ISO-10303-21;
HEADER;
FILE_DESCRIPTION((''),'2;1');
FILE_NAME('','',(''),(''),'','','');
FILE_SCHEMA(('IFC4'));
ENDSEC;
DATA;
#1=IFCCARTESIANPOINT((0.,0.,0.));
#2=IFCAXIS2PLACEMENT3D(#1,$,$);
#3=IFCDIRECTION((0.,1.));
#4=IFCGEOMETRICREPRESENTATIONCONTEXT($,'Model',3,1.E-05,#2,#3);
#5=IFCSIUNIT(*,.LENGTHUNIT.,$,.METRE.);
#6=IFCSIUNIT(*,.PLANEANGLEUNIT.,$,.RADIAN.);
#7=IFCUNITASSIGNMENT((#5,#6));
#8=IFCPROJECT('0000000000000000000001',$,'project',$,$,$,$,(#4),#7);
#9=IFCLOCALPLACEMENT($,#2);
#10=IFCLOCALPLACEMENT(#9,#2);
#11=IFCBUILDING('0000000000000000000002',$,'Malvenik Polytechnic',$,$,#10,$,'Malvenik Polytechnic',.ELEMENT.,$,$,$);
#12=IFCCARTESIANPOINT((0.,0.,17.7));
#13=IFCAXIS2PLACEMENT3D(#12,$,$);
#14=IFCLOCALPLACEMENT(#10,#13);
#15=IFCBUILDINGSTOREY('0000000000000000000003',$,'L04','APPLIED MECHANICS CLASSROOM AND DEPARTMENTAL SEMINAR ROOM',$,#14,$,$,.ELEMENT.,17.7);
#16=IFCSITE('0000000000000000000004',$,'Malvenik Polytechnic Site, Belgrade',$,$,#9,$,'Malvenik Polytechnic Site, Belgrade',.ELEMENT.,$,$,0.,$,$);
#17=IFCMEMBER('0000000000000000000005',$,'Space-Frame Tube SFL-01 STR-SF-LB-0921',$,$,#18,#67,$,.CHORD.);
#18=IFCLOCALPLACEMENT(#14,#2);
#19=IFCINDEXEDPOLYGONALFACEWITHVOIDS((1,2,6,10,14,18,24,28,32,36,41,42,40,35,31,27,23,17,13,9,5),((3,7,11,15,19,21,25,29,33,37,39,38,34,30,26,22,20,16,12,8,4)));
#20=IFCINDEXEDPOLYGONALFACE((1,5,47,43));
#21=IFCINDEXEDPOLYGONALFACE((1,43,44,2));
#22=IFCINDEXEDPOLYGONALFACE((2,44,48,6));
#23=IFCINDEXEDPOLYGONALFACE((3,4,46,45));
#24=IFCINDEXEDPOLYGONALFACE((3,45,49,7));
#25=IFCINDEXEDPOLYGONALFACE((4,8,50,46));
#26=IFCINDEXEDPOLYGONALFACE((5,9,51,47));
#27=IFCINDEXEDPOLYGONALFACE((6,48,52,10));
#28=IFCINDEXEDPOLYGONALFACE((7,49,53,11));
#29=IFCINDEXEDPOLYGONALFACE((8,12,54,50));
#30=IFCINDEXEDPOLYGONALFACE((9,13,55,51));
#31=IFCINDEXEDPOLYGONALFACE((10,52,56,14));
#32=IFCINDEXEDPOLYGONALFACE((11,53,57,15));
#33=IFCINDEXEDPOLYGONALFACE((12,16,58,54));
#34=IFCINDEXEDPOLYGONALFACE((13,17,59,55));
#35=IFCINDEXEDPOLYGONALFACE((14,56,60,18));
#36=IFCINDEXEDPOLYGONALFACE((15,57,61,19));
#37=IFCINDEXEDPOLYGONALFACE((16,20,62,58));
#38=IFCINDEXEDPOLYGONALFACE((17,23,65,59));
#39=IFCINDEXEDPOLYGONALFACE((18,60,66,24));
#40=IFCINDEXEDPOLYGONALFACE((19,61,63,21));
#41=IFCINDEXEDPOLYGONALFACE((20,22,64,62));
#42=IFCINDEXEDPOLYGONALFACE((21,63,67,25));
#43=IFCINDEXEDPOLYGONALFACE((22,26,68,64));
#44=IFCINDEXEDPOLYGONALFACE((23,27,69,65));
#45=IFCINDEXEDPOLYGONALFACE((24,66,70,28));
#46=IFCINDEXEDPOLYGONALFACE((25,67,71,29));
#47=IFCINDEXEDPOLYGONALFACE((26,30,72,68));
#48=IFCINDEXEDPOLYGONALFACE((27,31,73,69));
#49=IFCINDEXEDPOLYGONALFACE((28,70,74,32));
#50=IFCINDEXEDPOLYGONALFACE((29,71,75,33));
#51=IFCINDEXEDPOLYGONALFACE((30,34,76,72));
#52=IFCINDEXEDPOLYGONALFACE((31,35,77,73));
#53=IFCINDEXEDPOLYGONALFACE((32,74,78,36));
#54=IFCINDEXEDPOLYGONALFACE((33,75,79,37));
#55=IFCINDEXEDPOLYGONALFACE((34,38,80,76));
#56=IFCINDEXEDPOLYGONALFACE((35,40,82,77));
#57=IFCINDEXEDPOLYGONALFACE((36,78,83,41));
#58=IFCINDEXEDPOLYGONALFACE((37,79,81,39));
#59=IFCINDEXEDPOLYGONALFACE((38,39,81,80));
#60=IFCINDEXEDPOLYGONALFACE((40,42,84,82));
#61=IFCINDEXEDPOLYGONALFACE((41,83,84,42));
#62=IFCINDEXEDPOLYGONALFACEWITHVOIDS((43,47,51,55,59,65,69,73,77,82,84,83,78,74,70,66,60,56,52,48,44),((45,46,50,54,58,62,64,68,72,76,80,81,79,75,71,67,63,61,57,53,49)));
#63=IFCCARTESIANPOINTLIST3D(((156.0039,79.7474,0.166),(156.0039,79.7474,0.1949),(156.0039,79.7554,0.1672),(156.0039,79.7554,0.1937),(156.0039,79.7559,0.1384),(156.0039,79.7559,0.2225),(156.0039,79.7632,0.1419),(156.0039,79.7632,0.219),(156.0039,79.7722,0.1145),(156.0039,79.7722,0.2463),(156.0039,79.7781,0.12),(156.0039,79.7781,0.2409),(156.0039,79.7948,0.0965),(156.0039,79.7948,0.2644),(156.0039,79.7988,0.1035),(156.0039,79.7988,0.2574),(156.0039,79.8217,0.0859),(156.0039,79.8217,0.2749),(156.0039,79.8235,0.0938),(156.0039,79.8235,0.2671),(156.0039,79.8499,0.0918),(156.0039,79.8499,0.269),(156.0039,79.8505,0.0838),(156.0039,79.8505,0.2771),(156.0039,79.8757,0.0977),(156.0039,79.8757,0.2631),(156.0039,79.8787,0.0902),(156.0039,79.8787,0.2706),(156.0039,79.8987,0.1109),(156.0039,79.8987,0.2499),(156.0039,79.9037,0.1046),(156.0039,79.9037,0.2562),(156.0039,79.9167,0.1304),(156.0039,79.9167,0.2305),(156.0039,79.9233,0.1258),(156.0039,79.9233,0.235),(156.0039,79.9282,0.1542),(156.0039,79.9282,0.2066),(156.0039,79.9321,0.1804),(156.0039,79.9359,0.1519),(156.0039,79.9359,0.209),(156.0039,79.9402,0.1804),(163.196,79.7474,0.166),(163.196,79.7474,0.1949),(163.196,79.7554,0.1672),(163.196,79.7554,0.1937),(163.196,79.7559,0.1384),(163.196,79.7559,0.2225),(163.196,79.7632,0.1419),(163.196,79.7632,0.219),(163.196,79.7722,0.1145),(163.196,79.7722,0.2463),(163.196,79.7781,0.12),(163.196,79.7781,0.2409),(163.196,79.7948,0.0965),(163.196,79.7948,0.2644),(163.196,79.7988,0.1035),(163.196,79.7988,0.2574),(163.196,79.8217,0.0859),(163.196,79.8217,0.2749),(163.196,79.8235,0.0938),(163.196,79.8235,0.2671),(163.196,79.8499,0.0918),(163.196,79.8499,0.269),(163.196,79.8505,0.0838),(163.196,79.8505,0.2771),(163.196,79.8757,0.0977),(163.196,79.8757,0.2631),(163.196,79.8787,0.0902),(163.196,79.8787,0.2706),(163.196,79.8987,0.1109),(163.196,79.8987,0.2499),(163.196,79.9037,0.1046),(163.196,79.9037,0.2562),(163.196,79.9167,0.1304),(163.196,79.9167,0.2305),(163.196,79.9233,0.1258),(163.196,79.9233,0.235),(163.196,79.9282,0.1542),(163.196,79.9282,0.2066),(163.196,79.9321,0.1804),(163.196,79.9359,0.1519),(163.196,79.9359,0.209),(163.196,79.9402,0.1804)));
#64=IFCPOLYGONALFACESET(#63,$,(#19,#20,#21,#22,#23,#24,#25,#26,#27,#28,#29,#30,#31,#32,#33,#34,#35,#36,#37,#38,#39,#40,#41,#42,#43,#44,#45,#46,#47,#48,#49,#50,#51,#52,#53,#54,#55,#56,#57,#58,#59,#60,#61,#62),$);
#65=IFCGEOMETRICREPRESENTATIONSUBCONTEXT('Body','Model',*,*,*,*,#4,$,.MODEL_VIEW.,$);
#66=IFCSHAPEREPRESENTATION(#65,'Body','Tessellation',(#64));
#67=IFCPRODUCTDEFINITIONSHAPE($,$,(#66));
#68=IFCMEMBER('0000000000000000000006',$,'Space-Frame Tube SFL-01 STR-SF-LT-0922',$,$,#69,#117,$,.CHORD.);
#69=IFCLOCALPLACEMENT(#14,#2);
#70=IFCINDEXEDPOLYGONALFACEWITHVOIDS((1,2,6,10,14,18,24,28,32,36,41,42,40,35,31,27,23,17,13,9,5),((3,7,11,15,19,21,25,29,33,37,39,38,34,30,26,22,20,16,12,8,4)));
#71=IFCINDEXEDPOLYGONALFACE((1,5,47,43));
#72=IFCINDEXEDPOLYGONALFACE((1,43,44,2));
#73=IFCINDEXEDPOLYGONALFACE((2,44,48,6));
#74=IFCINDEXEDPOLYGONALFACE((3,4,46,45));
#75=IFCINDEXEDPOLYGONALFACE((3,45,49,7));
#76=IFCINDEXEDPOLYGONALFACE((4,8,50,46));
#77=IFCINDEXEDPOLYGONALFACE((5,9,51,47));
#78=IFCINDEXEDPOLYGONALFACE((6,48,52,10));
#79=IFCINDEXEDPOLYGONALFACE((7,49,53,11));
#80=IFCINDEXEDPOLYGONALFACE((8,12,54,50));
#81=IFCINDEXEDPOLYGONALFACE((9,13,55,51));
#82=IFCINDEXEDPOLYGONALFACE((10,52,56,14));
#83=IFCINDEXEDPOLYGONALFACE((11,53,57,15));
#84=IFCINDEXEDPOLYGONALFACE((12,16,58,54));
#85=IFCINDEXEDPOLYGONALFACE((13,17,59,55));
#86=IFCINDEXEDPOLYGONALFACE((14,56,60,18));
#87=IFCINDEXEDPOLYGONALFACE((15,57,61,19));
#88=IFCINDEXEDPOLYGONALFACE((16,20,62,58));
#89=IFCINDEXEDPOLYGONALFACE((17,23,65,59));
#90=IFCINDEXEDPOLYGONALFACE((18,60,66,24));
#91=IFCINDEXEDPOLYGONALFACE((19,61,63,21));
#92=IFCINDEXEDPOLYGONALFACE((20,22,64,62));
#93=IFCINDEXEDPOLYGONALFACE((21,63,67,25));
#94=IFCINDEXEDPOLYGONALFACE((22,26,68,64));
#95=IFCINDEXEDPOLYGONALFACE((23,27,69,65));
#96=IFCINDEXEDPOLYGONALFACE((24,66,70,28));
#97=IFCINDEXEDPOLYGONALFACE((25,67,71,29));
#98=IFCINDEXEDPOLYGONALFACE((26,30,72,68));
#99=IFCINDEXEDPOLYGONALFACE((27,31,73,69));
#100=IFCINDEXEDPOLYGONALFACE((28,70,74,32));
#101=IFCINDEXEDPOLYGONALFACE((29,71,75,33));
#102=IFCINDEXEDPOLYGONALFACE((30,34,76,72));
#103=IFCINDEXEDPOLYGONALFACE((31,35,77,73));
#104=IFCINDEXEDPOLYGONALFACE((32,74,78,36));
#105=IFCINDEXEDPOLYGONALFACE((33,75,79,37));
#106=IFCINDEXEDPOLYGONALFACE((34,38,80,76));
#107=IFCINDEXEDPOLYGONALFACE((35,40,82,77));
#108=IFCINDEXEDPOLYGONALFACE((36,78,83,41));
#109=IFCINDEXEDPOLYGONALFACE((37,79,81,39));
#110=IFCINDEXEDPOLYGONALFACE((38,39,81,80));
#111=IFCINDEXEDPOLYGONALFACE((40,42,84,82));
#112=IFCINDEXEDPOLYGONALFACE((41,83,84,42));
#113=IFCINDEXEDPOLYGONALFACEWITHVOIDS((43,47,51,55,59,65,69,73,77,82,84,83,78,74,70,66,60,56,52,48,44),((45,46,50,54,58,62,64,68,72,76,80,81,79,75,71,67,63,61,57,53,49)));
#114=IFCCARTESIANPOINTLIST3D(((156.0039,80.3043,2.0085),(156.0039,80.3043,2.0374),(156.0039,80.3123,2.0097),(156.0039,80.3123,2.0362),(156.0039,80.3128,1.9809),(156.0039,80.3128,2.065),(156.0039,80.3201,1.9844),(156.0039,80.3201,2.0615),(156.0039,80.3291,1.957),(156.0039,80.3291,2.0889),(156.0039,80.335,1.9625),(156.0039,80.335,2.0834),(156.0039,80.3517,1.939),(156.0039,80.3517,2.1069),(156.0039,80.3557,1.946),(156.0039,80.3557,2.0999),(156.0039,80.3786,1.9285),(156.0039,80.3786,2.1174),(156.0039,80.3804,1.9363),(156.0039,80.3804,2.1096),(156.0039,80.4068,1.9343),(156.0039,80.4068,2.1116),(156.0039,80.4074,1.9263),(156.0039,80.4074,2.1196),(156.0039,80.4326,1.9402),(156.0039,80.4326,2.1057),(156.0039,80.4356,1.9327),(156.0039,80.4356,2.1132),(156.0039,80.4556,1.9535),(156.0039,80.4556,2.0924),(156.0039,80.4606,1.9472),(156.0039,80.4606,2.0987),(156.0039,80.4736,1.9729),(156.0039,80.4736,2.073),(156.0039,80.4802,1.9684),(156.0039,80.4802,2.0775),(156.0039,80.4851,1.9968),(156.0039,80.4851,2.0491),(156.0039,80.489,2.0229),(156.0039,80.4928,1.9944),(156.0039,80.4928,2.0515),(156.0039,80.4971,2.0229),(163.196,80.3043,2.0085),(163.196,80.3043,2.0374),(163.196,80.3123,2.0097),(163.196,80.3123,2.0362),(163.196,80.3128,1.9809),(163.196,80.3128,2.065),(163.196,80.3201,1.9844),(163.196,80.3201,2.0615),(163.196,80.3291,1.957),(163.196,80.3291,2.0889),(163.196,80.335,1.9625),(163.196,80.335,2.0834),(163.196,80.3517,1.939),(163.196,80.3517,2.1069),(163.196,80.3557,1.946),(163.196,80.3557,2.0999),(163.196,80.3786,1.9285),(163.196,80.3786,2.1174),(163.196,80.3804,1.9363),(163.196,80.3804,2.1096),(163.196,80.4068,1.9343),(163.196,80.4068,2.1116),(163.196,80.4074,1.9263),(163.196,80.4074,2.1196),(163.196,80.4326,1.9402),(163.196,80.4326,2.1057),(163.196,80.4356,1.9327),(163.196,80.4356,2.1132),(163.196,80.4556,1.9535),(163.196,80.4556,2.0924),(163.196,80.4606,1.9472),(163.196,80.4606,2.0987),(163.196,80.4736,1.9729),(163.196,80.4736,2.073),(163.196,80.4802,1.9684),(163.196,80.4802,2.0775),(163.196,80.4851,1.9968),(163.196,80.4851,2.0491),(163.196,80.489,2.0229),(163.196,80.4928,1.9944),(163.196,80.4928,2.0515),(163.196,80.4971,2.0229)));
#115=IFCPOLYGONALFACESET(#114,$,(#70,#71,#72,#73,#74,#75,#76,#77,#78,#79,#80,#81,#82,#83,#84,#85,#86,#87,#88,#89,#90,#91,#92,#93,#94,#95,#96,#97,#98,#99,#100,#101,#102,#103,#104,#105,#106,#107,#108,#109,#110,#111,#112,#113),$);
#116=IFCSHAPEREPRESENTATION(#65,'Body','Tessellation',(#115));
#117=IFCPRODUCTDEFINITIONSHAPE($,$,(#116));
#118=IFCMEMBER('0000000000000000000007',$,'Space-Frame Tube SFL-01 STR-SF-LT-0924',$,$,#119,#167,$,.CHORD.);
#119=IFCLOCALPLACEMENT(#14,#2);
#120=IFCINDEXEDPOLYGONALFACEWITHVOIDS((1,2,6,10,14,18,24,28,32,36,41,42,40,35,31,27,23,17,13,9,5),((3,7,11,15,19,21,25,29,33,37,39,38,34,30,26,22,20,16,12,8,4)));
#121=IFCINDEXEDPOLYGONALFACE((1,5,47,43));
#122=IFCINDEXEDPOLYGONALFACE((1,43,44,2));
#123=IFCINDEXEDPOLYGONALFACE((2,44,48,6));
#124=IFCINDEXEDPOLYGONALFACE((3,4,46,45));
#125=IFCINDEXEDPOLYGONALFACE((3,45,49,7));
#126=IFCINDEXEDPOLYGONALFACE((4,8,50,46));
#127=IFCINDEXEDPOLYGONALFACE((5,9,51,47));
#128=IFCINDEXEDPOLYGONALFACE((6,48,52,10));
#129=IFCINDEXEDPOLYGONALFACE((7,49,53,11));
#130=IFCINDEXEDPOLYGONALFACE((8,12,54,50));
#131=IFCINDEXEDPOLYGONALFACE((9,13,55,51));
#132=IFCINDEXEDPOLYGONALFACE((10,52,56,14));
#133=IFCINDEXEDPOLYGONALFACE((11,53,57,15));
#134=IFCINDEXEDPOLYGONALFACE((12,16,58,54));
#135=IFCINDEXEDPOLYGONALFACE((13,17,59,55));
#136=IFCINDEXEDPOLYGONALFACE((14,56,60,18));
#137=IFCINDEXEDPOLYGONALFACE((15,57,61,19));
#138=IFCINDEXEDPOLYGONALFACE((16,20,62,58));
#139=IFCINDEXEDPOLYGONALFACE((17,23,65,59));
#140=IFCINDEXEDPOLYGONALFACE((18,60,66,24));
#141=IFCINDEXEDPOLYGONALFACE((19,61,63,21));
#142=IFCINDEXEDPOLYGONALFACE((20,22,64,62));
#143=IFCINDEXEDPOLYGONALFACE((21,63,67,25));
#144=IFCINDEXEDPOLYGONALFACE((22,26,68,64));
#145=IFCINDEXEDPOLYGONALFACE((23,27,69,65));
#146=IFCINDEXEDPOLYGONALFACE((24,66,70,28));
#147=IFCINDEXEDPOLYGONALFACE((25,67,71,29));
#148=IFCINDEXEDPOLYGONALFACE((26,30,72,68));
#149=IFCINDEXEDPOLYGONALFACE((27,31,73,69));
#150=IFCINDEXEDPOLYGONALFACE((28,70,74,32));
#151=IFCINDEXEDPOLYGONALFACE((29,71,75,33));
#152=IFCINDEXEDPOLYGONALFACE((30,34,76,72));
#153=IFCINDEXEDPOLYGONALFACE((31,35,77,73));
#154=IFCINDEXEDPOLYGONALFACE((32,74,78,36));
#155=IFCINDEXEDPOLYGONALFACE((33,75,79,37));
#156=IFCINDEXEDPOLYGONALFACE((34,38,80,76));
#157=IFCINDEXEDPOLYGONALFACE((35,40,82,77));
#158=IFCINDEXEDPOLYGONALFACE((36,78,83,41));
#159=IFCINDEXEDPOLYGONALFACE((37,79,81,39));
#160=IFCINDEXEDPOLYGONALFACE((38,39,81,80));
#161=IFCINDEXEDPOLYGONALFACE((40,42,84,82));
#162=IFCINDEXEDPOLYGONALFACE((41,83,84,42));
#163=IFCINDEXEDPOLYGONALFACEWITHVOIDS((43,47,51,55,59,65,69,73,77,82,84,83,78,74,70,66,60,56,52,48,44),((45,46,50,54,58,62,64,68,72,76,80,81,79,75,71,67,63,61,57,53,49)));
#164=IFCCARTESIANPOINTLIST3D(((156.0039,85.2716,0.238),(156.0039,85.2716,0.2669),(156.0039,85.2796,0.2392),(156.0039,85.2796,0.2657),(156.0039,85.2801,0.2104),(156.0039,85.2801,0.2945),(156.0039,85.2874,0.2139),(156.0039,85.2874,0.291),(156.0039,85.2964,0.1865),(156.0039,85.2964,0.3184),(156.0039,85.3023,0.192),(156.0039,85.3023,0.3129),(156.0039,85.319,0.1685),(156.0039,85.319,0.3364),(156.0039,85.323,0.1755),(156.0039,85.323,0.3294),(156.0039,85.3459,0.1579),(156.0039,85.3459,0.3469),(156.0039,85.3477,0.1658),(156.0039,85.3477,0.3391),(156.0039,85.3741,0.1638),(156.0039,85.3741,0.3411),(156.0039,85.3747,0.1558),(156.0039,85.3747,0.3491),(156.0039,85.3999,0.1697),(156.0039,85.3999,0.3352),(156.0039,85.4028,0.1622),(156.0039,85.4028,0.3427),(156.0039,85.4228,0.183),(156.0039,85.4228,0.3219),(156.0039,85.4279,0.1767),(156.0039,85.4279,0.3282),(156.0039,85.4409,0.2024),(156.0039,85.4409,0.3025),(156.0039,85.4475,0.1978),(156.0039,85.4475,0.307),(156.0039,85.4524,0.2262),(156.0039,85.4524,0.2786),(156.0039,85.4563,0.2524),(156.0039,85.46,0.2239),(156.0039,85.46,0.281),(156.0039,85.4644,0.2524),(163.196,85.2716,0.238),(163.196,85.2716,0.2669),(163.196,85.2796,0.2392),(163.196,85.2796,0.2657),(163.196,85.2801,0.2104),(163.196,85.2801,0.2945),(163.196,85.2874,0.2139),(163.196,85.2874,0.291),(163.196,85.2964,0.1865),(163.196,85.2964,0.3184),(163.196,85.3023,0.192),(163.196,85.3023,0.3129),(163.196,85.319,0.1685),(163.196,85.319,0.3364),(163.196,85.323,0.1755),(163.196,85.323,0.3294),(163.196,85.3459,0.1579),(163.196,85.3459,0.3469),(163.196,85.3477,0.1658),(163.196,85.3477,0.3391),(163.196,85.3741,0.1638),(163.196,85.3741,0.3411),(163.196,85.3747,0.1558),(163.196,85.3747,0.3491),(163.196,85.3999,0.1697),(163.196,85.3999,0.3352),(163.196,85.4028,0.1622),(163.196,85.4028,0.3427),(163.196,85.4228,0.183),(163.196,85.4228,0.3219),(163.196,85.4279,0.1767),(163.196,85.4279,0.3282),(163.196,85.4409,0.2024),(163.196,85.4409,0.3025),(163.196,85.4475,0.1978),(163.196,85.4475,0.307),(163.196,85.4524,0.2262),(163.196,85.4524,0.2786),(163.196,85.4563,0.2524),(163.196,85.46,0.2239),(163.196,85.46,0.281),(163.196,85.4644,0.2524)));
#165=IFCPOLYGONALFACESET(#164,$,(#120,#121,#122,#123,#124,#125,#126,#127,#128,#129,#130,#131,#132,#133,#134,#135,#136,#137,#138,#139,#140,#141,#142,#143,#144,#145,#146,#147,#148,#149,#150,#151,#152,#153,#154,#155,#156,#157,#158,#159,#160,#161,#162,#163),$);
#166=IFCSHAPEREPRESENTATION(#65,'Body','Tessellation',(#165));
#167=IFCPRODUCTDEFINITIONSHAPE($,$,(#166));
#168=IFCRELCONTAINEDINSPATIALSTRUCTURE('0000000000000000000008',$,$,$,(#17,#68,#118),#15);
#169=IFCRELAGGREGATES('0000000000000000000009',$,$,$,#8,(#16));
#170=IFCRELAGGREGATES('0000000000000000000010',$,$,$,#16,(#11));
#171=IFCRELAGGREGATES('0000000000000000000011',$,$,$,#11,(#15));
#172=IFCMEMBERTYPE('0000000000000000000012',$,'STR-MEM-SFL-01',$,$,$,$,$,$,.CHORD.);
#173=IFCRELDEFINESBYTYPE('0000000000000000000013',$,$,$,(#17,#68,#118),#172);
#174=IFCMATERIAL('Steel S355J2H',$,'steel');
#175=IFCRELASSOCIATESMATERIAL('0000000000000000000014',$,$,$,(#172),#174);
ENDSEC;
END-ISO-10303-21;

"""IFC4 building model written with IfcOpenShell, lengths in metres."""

from ifc_helpers import new_model, si_unit, direction, frame, origin, origin_2d, place, context, subcontext, project, spatial, hollow_circle, extrude, material, material_profile, profile_set, type_object, element, save


model = new_model("IFC4")

# Units and contexts
model_context = context("Model", 3, precision=1e-05, world=origin(), true_north=direction((0.0, 1.0)))
body_context = subcontext(model_context, "Body", "Model", "MODEL_VIEW")
ifc_project = project(units=[si_unit("LENGTHUNIT", "METRE"), si_unit("PLANEANGLEUNIT", "RADIAN")], contexts=[model_context])

# Site, building, storey
site_placement = place(None, origin())
site = spatial("IfcSite", under=ifc_project, at=site_placement, Name="Malvenik Polytechnic Site, Belgrade", LongName="Malvenik Polytechnic Site, Belgrade", CompositionType="ELEMENT", RefElevation=0.0)
building_placement = place(site_placement, origin())
building = spatial("IfcBuilding", under=site, at=building_placement, Name="Malvenik Polytechnic", LongName="Malvenik Polytechnic", CompositionType="ELEMENT")
storey_placement = place(building_placement, frame((0.0, 0.0, 17.7)))
storey = spatial("IfcBuildingStorey", under=building, at=storey_placement, Name="L04", Description="APPLIED MECHANICS CLASSROOM AND DEPARTMENTAL SEMINAR ROOM", CompositionType="ELEMENT", Elevation=17.7)

# Members
ifc_material = material(Name="Steel S355J2H", Category="steel")
ifc_material_profile_1 = material_profile(ifc_material, hollow_circle(Radius=0.0969, WallThickness=0.0081, at=origin_2d()), Name="CHS 193.7x8.0")
ifc_profile_set_1 = profile_set([ifc_material_profile_1], Name="Steel S355J2H")
member_type_1 = type_object("IfcMemberType", Name="STR-MEM-SFL-01", PredefinedType="CHORD", material=ifc_profile_set_1)
for number, where, z_axis, x_axis, name in (
    (1, (156.0039, 79.8433, 0.1804), (1.0, 0.0, 0.0), (0.0, 1.0, 0.0), "Space-Frame Tube SFL-01 STR-SF-LB-0921"),
    (2, (156.0039, 80.4001, 2.0229), (1.0, 0.0, 0.0), (0.0, 1.0, 0.0), "Space-Frame Tube SFL-01 STR-SF-LT-0922"),
    (3, (156.0039, 85.3674, 0.2524), (1.0, 0.0, 0.0), (0.0, 1.0, 0.0), "Space-Frame Tube SFL-01 STR-SF-LT-0924"),
):
    element("IfcMember", number, at=place(storey_placement, frame(where, z_axis=z_axis, x_axis=x_axis)), inside=storey, type_object=member_type_1, Name=name, PredefinedType="CHORD", context=body_context, shape_type="SweptSolid", body=[
        extrude(hollow_circle(Radius=0.0969, WallThickness=0.0081, at=origin_2d()), origin(), (0.0, 0.0, 1.0), 7.1921),
    ])

save(model, "model.ifc")
